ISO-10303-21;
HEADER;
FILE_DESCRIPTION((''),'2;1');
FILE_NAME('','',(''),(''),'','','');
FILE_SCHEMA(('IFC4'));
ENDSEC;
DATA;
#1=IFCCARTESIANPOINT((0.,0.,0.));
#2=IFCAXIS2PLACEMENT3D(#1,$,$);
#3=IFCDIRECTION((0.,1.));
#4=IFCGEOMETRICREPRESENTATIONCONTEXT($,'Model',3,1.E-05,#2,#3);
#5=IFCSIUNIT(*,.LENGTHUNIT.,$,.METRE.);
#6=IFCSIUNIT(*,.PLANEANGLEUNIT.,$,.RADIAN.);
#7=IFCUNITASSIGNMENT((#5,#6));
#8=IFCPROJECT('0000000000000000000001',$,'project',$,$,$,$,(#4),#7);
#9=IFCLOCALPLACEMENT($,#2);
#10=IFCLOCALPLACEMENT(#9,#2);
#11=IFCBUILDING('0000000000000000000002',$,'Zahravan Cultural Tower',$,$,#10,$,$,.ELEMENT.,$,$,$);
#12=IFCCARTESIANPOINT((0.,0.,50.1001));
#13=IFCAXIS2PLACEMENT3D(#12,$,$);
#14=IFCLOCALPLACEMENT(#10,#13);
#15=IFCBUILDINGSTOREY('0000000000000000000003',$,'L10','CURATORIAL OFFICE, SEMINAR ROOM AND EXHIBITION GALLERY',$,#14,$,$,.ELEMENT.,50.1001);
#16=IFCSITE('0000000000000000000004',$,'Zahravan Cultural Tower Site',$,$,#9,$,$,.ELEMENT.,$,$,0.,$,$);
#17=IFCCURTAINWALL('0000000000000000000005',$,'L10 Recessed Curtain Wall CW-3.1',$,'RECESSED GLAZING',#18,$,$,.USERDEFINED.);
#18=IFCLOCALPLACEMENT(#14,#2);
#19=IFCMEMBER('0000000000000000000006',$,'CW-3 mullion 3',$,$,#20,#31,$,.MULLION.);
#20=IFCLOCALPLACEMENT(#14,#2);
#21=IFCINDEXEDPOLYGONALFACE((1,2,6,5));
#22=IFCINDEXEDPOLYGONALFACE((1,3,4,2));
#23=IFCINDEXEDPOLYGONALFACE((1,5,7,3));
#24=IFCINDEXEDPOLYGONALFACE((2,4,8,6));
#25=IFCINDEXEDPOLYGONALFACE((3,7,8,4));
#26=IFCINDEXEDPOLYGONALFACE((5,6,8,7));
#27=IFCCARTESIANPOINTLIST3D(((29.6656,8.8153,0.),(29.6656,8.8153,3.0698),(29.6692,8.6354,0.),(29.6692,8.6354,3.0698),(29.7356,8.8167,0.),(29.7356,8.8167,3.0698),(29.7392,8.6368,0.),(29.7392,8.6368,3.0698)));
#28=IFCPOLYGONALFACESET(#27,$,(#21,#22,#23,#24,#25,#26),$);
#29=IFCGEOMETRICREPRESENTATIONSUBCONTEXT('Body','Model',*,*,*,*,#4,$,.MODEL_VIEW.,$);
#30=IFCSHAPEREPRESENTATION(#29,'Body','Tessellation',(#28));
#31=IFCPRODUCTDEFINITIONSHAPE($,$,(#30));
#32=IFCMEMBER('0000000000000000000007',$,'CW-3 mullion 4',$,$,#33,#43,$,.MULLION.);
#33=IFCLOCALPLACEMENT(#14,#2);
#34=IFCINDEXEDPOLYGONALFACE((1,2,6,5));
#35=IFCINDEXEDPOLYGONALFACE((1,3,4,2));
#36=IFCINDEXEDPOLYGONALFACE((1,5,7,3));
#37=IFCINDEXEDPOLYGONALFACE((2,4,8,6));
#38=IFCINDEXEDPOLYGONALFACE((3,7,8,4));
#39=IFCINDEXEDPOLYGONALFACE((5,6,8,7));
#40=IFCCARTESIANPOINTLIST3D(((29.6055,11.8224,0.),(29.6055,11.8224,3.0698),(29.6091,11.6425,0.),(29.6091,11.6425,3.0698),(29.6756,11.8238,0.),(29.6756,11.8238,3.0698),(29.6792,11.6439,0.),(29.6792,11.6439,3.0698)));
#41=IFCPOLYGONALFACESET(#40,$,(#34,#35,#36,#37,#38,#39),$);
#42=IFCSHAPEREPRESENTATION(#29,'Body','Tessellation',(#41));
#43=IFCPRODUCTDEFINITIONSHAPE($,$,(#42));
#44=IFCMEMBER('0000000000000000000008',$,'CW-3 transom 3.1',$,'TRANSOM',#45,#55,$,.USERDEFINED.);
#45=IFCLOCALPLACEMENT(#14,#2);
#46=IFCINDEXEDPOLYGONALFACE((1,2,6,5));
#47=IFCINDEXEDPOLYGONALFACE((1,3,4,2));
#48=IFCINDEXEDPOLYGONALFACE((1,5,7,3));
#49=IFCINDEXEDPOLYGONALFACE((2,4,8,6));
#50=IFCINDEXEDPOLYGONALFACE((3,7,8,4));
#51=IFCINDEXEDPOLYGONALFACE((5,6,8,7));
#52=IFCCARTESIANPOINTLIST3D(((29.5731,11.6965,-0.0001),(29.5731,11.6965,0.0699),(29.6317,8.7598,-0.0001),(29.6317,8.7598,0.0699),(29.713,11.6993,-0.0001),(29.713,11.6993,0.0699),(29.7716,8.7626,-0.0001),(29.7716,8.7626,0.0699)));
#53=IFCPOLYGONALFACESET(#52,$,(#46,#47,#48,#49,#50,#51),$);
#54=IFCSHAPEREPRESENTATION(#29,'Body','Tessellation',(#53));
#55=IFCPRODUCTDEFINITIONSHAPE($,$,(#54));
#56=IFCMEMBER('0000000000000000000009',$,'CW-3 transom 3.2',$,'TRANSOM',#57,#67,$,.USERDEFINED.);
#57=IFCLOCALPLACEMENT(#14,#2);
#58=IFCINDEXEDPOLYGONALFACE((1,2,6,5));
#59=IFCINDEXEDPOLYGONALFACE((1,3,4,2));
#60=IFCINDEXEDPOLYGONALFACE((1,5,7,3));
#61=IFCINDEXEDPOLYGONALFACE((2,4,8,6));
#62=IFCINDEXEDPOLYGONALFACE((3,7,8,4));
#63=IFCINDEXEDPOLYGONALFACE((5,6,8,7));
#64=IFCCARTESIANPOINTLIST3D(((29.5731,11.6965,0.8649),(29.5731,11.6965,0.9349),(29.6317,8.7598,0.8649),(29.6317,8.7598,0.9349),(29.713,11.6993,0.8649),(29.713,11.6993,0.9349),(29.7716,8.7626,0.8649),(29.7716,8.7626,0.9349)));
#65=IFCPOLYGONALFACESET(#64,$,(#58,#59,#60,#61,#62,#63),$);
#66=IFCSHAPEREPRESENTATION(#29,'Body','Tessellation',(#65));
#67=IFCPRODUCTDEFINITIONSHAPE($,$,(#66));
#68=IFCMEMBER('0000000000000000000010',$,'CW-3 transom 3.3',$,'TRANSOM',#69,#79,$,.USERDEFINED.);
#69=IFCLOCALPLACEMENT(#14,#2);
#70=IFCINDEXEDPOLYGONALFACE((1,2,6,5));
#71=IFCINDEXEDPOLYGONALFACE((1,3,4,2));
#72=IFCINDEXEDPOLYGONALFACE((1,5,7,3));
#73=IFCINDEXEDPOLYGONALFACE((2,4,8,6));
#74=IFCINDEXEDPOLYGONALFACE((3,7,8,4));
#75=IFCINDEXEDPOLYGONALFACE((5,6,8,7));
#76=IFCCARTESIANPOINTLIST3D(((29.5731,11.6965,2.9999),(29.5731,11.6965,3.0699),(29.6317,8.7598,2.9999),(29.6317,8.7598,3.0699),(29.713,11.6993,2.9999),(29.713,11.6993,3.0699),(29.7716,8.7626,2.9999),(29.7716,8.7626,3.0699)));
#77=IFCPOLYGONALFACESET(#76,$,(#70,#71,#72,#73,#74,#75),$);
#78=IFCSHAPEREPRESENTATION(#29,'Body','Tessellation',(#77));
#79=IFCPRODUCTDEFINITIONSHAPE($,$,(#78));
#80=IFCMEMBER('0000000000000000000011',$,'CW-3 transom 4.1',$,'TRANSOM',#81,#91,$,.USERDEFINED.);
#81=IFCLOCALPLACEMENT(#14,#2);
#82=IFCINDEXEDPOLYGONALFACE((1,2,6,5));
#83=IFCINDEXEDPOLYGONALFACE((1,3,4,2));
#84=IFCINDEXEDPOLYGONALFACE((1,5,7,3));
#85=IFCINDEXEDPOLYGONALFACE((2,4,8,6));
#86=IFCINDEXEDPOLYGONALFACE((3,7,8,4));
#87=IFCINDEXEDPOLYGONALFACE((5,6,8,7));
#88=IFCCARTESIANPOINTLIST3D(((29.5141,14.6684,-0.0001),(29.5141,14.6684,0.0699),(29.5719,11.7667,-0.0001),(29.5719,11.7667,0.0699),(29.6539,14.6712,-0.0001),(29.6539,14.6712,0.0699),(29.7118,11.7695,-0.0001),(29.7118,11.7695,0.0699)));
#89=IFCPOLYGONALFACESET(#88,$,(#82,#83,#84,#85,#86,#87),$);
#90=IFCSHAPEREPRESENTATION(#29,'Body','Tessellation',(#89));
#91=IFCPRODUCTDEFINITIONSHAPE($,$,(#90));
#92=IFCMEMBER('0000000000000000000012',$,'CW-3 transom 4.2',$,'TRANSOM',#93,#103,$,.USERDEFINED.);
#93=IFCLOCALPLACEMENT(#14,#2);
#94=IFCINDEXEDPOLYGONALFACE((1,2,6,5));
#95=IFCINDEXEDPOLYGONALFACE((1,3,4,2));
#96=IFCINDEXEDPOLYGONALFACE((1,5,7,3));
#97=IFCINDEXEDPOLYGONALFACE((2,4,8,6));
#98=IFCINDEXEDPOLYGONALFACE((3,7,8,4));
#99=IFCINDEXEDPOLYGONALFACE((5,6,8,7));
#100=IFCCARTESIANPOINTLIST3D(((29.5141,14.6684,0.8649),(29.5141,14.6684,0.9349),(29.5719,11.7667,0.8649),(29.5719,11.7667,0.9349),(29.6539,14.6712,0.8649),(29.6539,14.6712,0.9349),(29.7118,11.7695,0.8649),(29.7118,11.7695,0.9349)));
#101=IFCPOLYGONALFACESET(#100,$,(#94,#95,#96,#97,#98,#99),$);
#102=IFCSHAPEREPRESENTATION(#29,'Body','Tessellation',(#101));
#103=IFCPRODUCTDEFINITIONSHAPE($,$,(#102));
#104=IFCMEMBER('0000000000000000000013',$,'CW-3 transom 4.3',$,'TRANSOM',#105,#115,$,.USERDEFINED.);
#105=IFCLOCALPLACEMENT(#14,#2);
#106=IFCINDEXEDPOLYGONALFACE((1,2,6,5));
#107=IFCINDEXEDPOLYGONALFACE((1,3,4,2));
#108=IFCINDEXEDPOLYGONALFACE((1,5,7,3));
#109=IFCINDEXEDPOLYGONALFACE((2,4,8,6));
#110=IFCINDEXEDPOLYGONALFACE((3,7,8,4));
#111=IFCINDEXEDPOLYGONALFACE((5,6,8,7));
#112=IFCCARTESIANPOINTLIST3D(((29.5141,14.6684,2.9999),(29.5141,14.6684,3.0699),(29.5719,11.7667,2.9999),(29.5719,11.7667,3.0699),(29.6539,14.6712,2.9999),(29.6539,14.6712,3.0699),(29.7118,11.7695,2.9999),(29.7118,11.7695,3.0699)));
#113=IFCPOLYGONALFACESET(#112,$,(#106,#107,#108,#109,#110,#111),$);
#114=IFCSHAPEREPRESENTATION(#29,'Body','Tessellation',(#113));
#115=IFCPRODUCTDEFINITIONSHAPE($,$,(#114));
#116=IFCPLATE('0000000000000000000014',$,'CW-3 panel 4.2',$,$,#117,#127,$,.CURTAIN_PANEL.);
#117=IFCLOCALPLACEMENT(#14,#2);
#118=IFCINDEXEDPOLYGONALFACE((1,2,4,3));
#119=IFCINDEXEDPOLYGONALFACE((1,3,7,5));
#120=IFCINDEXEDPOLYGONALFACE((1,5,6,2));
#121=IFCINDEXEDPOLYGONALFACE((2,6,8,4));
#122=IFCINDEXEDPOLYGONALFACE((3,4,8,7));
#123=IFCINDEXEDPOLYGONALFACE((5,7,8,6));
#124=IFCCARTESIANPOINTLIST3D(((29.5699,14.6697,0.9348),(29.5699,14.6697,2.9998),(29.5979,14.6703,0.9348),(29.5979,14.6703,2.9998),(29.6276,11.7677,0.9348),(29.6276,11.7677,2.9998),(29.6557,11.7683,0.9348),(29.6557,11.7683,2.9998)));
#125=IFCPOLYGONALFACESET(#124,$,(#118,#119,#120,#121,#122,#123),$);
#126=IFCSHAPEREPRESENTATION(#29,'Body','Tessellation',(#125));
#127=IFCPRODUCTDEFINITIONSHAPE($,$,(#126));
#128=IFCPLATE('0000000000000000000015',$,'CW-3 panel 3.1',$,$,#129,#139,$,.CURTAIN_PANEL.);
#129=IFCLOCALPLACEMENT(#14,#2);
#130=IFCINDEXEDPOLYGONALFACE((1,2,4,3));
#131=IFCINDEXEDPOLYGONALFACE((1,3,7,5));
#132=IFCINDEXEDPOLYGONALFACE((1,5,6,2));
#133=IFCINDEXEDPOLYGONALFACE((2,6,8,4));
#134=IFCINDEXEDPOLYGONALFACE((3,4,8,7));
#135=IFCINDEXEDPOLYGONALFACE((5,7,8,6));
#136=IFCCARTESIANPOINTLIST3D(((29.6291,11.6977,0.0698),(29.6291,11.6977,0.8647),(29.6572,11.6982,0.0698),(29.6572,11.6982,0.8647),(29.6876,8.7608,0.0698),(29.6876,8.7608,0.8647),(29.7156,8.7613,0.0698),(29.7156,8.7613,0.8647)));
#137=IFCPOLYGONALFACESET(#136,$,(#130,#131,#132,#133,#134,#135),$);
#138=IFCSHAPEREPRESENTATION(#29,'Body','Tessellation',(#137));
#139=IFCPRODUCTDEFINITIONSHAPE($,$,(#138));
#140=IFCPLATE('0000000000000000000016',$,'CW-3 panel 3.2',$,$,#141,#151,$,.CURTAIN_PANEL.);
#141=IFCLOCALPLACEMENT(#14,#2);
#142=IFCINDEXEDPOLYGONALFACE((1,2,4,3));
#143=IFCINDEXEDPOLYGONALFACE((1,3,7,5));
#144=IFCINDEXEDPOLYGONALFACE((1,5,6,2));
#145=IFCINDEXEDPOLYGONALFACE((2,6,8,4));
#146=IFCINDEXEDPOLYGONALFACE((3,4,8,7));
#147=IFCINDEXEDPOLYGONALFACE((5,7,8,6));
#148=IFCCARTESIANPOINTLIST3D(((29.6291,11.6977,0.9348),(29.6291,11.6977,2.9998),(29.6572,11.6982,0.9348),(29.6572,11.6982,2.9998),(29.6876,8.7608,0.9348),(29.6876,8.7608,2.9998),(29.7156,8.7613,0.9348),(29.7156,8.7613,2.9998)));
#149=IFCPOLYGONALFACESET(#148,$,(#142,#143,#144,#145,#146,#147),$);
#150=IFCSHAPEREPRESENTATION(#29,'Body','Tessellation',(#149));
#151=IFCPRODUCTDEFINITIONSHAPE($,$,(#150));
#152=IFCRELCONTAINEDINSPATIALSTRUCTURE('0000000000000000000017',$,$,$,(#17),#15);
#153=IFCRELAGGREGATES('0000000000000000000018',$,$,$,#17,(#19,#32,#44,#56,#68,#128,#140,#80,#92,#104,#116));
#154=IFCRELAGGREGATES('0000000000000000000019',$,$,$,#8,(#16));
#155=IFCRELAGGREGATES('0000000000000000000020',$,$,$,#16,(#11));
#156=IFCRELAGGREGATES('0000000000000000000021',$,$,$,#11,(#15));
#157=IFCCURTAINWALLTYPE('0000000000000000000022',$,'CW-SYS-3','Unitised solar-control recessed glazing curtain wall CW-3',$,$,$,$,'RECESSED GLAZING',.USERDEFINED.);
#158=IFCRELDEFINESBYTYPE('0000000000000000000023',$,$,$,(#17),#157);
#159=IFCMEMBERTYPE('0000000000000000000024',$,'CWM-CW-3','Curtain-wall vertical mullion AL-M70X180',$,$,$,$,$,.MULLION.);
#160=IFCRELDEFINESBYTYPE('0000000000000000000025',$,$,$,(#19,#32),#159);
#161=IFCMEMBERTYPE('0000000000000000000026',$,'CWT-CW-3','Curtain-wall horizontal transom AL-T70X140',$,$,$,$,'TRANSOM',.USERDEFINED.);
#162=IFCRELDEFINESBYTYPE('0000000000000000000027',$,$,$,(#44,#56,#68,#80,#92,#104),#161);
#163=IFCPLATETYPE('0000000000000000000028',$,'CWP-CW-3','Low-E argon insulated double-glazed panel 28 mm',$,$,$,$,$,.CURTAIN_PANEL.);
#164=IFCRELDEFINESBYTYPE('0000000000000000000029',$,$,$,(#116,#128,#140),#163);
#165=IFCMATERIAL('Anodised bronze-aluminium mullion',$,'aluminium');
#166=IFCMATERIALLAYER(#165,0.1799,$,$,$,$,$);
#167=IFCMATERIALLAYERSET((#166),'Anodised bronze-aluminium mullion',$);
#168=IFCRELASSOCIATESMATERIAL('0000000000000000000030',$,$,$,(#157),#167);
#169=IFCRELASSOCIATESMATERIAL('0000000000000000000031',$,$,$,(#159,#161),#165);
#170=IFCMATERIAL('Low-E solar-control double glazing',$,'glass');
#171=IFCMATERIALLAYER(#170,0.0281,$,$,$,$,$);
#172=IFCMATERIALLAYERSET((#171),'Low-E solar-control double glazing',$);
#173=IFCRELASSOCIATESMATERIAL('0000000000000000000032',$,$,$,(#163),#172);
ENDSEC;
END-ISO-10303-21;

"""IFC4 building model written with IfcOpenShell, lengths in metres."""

from ifc_helpers import new_model, si_unit, direction, frame, origin, origin_2d, place, context, subcontext, project, spatial, rectangle, extrude, source, transform, mapped, material, layer, layer_set, material_profile, profile_set, type_object, element, aggregate, save


model = new_model("IFC4")

# Units and contexts
model_context = context("Model", 3, precision=1e-05, world=origin(), true_north=direction((0.0, 1.0)))
body_context = subcontext(model_context, "Body", "Model", "MODEL_VIEW")
ifc_project = project(units=[si_unit("LENGTHUNIT", "METRE"), si_unit("PLANEANGLEUNIT", "RADIAN")], contexts=[model_context])

# Site, building, storey
site_placement = place(None, origin())
site = spatial("IfcSite", under=ifc_project, at=site_placement, Name="Zahravan Cultural Tower Site", CompositionType="ELEMENT", RefElevation=0.0)
building_placement = place(site_placement, origin())
building = spatial("IfcBuilding", under=site, at=building_placement, Name="Zahravan Cultural Tower", CompositionType="ELEMENT")
storey_placement = place(building_placement, frame((0.0, 0.0, 50.1001)))
storey = spatial("IfcBuildingStorey", under=building, at=storey_placement, Name="L10", Description="CURATORIAL OFFICE, SEMINAR ROOM AND EXHIBITION GALLERY", CompositionType="ELEMENT", Elevation=50.1001)

# Curtain wall, members, plates
ifc_material_1 = material(Name="Anodised bronze-aluminium mullion", Category="aluminium")
ifc_layer_1 = layer(ifc_material_1, 0.1799)
ifc_layer_set_1 = layer_set([ifc_layer_1], Name="Anodised bronze-aluminium mullion")
curtain_wall_type = type_object("IfcCurtainWallType", Name="CW-SYS-3", Description="Unitised solar-control recessed glazing curtain wall CW-3", ElementType="RECESSED GLAZING", PredefinedType="USERDEFINED", material=ifc_layer_set_1)
curtain_wall_placement = place(storey_placement, origin())
curtain_wall = element("IfcCurtainWall", 1, at=curtain_wall_placement, inside=storey, type_object=curtain_wall_type, Name="L10 Recessed Curtain Wall CW-3.1", ObjectType="RECESSED GLAZING", PredefinedType="USERDEFINED")
ifc_material_profile_1 = material_profile(ifc_material_1, rectangle(XDim=0.0701, YDim=0.1799, at=origin_2d()), Name="AL-M70X180")
ifc_profile_set_1 = profile_set([ifc_material_profile_1], Name="Anodised bronze-aluminium mullion")
member_type_1 = type_object("IfcMemberType", Name="CWM-CW-3", Description="Curtain-wall vertical mullion AL-M70X180", PredefinedType="MULLION", material=ifc_profile_set_1)
shared_shape_1 = source(origin(), body_context, "Body", "SweptSolid", [
    extrude(rectangle(XDim=0.0701, YDim=0.1799, at=origin_2d()), origin(), (0.0, 0.0, 1.0), 3.0698),
])
member_1_placement = place(storey_placement, frame((29.7024, 8.7261, 0.0), z_axis=(0.0, 0.0, 1.0), x_axis=(-0.999802, -0.0199, 0.0)))
member_1 = element("IfcMember", 2, at=member_1_placement, type_object=member_type_1, Name="CW-3 mullion 3", PredefinedType="MULLION", context=body_context, shape_type="MappedRepresentation", body=[
    mapped(shared_shape_1, transform((0.0, 0.0, 0.0), x_axis=(1.0, 0.0, 0.0), y_axis=(0.0, 1.0, 0.0), z_axis=(0.0, 0.0, 1.0), scale=1.0)),
])
member_2_placement = place(storey_placement, frame((29.6423, 11.7332, 0.0), z_axis=(0.0, 0.0, 1.0), x_axis=(-0.999802, -0.0199, 0.0)))
member_2 = element("IfcMember", 3, at=member_2_placement, type_object=member_type_1, Name="CW-3 mullion 4", PredefinedType="MULLION", context=body_context, shape_type="MappedRepresentation", body=[
    mapped(shared_shape_1, transform((0.0, 0.0, 0.0), x_axis=(1.0, 0.0, 0.0), y_axis=(0.0, 1.0, 0.0), z_axis=(0.0, 0.0, 1.0), scale=1.0)),
])
ifc_material_profile_2 = material_profile(ifc_material_1, rectangle(XDim=0.1399, YDim=0.0701, at=origin_2d()), Name="AL-T70X140")
ifc_profile_set_2 = profile_set([ifc_material_profile_2], Name="Anodised bronze-aluminium mullion")
member_type_2 = type_object("IfcMemberType", Name="CWT-CW-3", Description="Curtain-wall horizontal transom AL-T70X140", ElementType="TRANSOM", PredefinedType="USERDEFINED", material=ifc_profile_set_2)
shared_shape_2 = source(origin(), body_context, "Body", "SweptSolid", [
    extrude(rectangle(XDim=0.1399, YDim=0.0701, at=origin_2d()), origin(), (0.0, 0.0, 1.0), 2.9373),
])
member_3_placement = place(storey_placement, frame((29.7017, 8.7612, 0.0349), z_axis=(-0.019948, 0.999801, 0.0), x_axis=(-0.999801, -0.019948, 0.0)))
member_3 = element("IfcMember", 4, at=member_3_placement, type_object=member_type_2, Name="CW-3 transom 3.1", ObjectType="TRANSOM", PredefinedType="USERDEFINED", context=body_context, shape_type="MappedRepresentation", body=[
    mapped(shared_shape_2, transform((0.0, 0.0, 0.0), x_axis=(1.0, 0.0, 0.0), y_axis=(0.0, 1.0, 0.0), z_axis=(0.0, 0.0, 1.0), scale=1.0)),
])
member_4_placement = place(storey_placement, frame((29.7017, 8.7612, 0.8999), z_axis=(-0.019948, 0.999801, 0.0), x_axis=(-0.999801, -0.019948, 0.0)))
member_4 = element("IfcMember", 5, at=member_4_placement, type_object=member_type_2, Name="CW-3 transom 3.2", ObjectType="TRANSOM", PredefinedType="USERDEFINED", context=body_context, shape_type="MappedRepresentation", body=[
    mapped(shared_shape_2, transform((0.0, 0.0, 0.0), x_axis=(1.0, 0.0, 0.0), y_axis=(0.0, 1.0, 0.0), z_axis=(0.0, 0.0, 1.0), scale=1.0)),
])
member_5_placement = place(storey_placement, frame((29.7017, 8.7612, 3.0349), z_axis=(-0.019948, 0.999801, 0.0), x_axis=(-0.999801, -0.019948, 0.0)))
member_5 = element("IfcMember", 6, at=member_5_placement, type_object=member_type_2, Name="CW-3 transom 3.3", ObjectType="TRANSOM", PredefinedType="USERDEFINED", context=body_context, shape_type="MappedRepresentation", body=[
    mapped(shared_shape_2, transform((0.0, 0.0, 0.0), x_axis=(1.0, 0.0, 0.0), y_axis=(0.0, 1.0, 0.0), z_axis=(0.0, 0.0, 1.0), scale=1.0)),
])
shared_shape_3 = source(origin(), body_context, "Body", "SweptSolid", [
    extrude(rectangle(XDim=0.1399, YDim=0.0701, at=origin_2d()), origin(), (0.0, 0.0, 1.0), 2.9023),
])
member_6_placement = place(storey_placement, frame((29.6418, 11.7681, 0.0349), z_axis=(-0.019935, 0.999801, 0.0), x_axis=(-0.999801, -0.019935, 0.0)))
member_6 = element("IfcMember", 7, at=member_6_placement, type_object=member_type_2, Name="CW-3 transom 4.1", ObjectType="TRANSOM", PredefinedType="USERDEFINED", context=body_context, shape_type="MappedRepresentation", body=[
    mapped(shared_shape_3, transform((0.0, 0.0, 0.0), x_axis=(1.0, 0.0, 0.0), y_axis=(0.0, 1.0, 0.0), z_axis=(0.0, 0.0, 1.0), scale=1.0)),
])
member_7_placement = place(storey_placement, frame((29.6418, 11.7681, 0.8999), z_axis=(-0.019935, 0.999801, 0.0), x_axis=(-0.999801, -0.019935, 0.0)))
member_7 = element("IfcMember", 8, at=member_7_placement, type_object=member_type_2, Name="CW-3 transom 4.2", ObjectType="TRANSOM", PredefinedType="USERDEFINED", context=body_context, shape_type="MappedRepresentation", body=[
    mapped(shared_shape_3, transform((0.0, 0.0, 0.0), x_axis=(1.0, 0.0, 0.0), y_axis=(0.0, 1.0, 0.0), z_axis=(0.0, 0.0, 1.0), scale=1.0)),
])
member_8_placement = place(storey_placement, frame((29.6418, 11.7681, 3.0349), z_axis=(-0.019935, 0.999801, 0.0), x_axis=(-0.999801, -0.019935, 0.0)))
member_8 = element("IfcMember", 9, at=member_8_placement, type_object=member_type_2, Name="CW-3 transom 4.3", ObjectType="TRANSOM", PredefinedType="USERDEFINED", context=body_context, shape_type="MappedRepresentation", body=[
    mapped(shared_shape_3, transform((0.0, 0.0, 0.0), x_axis=(1.0, 0.0, 0.0), y_axis=(0.0, 1.0, 0.0), z_axis=(0.0, 0.0, 1.0), scale=1.0)),
])
ifc_material_2 = material(Name="Low-E solar-control double glazing", Category="glass")
ifc_layer_2 = layer(ifc_material_2, 0.0281)
ifc_layer_set_2 = layer_set([ifc_layer_2], Name="Low-E solar-control double glazing")
plate_type = type_object("IfcPlateType", Name="CWP-CW-3", Description="Low-E argon insulated double-glazed panel 28 mm", PredefinedType="CURTAIN_PANEL", material=ifc_layer_set_2)
shared_shape_4 = source(origin(), body_context, "Body", "SweptSolid", [
    extrude(rectangle(XDim=2.9026, YDim=0.0281, at=origin_2d()), origin(), (0.0, 0.0, 1.0), 2.0649),
])
plate_1_placement = place(storey_placement, frame((29.6128, 13.219, 0.9348), z_axis=(0.0, 0.0, 1.0), x_axis=(-0.0199, 0.999802, 0.0)))
plate_1 = element("IfcPlate", 10, at=plate_1_placement, type_object=plate_type, Name="CW-3 panel 4.2", PredefinedType="CURTAIN_PANEL", context=body_context, shape_type="MappedRepresentation", body=[
    mapped(shared_shape_4, transform((0.0, 0.0, 0.0), x_axis=(1.0, 0.0, 0.0), y_axis=(0.0, 1.0, 0.0), z_axis=(0.0, 0.0, 1.0), scale=1.0)),
])
shared_shape_5 = source(origin(), body_context, "Body", "SweptSolid", [
    extrude(rectangle(XDim=2.9375, YDim=0.0281, at=origin_2d()), origin(), (0.0, 0.0, 1.0), 0.7949),
])
plate_2_placement = place(storey_placement, frame((29.6724, 10.2295, 0.0698), z_axis=(0.0, 0.0, 1.0), x_axis=(-0.0199, 0.999802, 0.0)))
plate_2 = element("IfcPlate", 11, at=plate_2_placement, type_object=plate_type, Name="CW-3 panel 3.1", PredefinedType="CURTAIN_PANEL", context=body_context, shape_type="MappedRepresentation", body=[
    mapped(shared_shape_5, transform((0.0, 0.0, 0.0), x_axis=(1.0, 0.0, 0.0), y_axis=(0.0, 1.0, 0.0), z_axis=(0.0, 0.0, 1.0), scale=1.0)),
])
shared_shape_6 = source(origin(), body_context, "Body", "SweptSolid", [
    extrude(rectangle(XDim=2.9375, YDim=0.0281, at=origin_2d()), origin(), (0.0, 0.0, 1.0), 2.0649),
])
plate_3_placement = place(storey_placement, frame((29.6724, 10.2295, 0.9348), z_axis=(0.0, 0.0, 1.0), x_axis=(-0.0199, 0.999802, 0.0)))
plate_3 = element("IfcPlate", 12, at=plate_3_placement, type_object=plate_type, Name="CW-3 panel 3.2", PredefinedType="CURTAIN_PANEL", context=body_context, shape_type="MappedRepresentation", body=[
    mapped(shared_shape_6, transform((0.0, 0.0, 0.0), x_axis=(1.0, 0.0, 0.0), y_axis=(0.0, 1.0, 0.0), z_axis=(0.0, 0.0, 1.0), scale=1.0)),
])
aggregate(curtain_wall, [member_1, member_2, member_3, member_4, member_5, plate_2, plate_3, member_6, member_7, member_8, plate_1])

save(model, "model.ifc")
